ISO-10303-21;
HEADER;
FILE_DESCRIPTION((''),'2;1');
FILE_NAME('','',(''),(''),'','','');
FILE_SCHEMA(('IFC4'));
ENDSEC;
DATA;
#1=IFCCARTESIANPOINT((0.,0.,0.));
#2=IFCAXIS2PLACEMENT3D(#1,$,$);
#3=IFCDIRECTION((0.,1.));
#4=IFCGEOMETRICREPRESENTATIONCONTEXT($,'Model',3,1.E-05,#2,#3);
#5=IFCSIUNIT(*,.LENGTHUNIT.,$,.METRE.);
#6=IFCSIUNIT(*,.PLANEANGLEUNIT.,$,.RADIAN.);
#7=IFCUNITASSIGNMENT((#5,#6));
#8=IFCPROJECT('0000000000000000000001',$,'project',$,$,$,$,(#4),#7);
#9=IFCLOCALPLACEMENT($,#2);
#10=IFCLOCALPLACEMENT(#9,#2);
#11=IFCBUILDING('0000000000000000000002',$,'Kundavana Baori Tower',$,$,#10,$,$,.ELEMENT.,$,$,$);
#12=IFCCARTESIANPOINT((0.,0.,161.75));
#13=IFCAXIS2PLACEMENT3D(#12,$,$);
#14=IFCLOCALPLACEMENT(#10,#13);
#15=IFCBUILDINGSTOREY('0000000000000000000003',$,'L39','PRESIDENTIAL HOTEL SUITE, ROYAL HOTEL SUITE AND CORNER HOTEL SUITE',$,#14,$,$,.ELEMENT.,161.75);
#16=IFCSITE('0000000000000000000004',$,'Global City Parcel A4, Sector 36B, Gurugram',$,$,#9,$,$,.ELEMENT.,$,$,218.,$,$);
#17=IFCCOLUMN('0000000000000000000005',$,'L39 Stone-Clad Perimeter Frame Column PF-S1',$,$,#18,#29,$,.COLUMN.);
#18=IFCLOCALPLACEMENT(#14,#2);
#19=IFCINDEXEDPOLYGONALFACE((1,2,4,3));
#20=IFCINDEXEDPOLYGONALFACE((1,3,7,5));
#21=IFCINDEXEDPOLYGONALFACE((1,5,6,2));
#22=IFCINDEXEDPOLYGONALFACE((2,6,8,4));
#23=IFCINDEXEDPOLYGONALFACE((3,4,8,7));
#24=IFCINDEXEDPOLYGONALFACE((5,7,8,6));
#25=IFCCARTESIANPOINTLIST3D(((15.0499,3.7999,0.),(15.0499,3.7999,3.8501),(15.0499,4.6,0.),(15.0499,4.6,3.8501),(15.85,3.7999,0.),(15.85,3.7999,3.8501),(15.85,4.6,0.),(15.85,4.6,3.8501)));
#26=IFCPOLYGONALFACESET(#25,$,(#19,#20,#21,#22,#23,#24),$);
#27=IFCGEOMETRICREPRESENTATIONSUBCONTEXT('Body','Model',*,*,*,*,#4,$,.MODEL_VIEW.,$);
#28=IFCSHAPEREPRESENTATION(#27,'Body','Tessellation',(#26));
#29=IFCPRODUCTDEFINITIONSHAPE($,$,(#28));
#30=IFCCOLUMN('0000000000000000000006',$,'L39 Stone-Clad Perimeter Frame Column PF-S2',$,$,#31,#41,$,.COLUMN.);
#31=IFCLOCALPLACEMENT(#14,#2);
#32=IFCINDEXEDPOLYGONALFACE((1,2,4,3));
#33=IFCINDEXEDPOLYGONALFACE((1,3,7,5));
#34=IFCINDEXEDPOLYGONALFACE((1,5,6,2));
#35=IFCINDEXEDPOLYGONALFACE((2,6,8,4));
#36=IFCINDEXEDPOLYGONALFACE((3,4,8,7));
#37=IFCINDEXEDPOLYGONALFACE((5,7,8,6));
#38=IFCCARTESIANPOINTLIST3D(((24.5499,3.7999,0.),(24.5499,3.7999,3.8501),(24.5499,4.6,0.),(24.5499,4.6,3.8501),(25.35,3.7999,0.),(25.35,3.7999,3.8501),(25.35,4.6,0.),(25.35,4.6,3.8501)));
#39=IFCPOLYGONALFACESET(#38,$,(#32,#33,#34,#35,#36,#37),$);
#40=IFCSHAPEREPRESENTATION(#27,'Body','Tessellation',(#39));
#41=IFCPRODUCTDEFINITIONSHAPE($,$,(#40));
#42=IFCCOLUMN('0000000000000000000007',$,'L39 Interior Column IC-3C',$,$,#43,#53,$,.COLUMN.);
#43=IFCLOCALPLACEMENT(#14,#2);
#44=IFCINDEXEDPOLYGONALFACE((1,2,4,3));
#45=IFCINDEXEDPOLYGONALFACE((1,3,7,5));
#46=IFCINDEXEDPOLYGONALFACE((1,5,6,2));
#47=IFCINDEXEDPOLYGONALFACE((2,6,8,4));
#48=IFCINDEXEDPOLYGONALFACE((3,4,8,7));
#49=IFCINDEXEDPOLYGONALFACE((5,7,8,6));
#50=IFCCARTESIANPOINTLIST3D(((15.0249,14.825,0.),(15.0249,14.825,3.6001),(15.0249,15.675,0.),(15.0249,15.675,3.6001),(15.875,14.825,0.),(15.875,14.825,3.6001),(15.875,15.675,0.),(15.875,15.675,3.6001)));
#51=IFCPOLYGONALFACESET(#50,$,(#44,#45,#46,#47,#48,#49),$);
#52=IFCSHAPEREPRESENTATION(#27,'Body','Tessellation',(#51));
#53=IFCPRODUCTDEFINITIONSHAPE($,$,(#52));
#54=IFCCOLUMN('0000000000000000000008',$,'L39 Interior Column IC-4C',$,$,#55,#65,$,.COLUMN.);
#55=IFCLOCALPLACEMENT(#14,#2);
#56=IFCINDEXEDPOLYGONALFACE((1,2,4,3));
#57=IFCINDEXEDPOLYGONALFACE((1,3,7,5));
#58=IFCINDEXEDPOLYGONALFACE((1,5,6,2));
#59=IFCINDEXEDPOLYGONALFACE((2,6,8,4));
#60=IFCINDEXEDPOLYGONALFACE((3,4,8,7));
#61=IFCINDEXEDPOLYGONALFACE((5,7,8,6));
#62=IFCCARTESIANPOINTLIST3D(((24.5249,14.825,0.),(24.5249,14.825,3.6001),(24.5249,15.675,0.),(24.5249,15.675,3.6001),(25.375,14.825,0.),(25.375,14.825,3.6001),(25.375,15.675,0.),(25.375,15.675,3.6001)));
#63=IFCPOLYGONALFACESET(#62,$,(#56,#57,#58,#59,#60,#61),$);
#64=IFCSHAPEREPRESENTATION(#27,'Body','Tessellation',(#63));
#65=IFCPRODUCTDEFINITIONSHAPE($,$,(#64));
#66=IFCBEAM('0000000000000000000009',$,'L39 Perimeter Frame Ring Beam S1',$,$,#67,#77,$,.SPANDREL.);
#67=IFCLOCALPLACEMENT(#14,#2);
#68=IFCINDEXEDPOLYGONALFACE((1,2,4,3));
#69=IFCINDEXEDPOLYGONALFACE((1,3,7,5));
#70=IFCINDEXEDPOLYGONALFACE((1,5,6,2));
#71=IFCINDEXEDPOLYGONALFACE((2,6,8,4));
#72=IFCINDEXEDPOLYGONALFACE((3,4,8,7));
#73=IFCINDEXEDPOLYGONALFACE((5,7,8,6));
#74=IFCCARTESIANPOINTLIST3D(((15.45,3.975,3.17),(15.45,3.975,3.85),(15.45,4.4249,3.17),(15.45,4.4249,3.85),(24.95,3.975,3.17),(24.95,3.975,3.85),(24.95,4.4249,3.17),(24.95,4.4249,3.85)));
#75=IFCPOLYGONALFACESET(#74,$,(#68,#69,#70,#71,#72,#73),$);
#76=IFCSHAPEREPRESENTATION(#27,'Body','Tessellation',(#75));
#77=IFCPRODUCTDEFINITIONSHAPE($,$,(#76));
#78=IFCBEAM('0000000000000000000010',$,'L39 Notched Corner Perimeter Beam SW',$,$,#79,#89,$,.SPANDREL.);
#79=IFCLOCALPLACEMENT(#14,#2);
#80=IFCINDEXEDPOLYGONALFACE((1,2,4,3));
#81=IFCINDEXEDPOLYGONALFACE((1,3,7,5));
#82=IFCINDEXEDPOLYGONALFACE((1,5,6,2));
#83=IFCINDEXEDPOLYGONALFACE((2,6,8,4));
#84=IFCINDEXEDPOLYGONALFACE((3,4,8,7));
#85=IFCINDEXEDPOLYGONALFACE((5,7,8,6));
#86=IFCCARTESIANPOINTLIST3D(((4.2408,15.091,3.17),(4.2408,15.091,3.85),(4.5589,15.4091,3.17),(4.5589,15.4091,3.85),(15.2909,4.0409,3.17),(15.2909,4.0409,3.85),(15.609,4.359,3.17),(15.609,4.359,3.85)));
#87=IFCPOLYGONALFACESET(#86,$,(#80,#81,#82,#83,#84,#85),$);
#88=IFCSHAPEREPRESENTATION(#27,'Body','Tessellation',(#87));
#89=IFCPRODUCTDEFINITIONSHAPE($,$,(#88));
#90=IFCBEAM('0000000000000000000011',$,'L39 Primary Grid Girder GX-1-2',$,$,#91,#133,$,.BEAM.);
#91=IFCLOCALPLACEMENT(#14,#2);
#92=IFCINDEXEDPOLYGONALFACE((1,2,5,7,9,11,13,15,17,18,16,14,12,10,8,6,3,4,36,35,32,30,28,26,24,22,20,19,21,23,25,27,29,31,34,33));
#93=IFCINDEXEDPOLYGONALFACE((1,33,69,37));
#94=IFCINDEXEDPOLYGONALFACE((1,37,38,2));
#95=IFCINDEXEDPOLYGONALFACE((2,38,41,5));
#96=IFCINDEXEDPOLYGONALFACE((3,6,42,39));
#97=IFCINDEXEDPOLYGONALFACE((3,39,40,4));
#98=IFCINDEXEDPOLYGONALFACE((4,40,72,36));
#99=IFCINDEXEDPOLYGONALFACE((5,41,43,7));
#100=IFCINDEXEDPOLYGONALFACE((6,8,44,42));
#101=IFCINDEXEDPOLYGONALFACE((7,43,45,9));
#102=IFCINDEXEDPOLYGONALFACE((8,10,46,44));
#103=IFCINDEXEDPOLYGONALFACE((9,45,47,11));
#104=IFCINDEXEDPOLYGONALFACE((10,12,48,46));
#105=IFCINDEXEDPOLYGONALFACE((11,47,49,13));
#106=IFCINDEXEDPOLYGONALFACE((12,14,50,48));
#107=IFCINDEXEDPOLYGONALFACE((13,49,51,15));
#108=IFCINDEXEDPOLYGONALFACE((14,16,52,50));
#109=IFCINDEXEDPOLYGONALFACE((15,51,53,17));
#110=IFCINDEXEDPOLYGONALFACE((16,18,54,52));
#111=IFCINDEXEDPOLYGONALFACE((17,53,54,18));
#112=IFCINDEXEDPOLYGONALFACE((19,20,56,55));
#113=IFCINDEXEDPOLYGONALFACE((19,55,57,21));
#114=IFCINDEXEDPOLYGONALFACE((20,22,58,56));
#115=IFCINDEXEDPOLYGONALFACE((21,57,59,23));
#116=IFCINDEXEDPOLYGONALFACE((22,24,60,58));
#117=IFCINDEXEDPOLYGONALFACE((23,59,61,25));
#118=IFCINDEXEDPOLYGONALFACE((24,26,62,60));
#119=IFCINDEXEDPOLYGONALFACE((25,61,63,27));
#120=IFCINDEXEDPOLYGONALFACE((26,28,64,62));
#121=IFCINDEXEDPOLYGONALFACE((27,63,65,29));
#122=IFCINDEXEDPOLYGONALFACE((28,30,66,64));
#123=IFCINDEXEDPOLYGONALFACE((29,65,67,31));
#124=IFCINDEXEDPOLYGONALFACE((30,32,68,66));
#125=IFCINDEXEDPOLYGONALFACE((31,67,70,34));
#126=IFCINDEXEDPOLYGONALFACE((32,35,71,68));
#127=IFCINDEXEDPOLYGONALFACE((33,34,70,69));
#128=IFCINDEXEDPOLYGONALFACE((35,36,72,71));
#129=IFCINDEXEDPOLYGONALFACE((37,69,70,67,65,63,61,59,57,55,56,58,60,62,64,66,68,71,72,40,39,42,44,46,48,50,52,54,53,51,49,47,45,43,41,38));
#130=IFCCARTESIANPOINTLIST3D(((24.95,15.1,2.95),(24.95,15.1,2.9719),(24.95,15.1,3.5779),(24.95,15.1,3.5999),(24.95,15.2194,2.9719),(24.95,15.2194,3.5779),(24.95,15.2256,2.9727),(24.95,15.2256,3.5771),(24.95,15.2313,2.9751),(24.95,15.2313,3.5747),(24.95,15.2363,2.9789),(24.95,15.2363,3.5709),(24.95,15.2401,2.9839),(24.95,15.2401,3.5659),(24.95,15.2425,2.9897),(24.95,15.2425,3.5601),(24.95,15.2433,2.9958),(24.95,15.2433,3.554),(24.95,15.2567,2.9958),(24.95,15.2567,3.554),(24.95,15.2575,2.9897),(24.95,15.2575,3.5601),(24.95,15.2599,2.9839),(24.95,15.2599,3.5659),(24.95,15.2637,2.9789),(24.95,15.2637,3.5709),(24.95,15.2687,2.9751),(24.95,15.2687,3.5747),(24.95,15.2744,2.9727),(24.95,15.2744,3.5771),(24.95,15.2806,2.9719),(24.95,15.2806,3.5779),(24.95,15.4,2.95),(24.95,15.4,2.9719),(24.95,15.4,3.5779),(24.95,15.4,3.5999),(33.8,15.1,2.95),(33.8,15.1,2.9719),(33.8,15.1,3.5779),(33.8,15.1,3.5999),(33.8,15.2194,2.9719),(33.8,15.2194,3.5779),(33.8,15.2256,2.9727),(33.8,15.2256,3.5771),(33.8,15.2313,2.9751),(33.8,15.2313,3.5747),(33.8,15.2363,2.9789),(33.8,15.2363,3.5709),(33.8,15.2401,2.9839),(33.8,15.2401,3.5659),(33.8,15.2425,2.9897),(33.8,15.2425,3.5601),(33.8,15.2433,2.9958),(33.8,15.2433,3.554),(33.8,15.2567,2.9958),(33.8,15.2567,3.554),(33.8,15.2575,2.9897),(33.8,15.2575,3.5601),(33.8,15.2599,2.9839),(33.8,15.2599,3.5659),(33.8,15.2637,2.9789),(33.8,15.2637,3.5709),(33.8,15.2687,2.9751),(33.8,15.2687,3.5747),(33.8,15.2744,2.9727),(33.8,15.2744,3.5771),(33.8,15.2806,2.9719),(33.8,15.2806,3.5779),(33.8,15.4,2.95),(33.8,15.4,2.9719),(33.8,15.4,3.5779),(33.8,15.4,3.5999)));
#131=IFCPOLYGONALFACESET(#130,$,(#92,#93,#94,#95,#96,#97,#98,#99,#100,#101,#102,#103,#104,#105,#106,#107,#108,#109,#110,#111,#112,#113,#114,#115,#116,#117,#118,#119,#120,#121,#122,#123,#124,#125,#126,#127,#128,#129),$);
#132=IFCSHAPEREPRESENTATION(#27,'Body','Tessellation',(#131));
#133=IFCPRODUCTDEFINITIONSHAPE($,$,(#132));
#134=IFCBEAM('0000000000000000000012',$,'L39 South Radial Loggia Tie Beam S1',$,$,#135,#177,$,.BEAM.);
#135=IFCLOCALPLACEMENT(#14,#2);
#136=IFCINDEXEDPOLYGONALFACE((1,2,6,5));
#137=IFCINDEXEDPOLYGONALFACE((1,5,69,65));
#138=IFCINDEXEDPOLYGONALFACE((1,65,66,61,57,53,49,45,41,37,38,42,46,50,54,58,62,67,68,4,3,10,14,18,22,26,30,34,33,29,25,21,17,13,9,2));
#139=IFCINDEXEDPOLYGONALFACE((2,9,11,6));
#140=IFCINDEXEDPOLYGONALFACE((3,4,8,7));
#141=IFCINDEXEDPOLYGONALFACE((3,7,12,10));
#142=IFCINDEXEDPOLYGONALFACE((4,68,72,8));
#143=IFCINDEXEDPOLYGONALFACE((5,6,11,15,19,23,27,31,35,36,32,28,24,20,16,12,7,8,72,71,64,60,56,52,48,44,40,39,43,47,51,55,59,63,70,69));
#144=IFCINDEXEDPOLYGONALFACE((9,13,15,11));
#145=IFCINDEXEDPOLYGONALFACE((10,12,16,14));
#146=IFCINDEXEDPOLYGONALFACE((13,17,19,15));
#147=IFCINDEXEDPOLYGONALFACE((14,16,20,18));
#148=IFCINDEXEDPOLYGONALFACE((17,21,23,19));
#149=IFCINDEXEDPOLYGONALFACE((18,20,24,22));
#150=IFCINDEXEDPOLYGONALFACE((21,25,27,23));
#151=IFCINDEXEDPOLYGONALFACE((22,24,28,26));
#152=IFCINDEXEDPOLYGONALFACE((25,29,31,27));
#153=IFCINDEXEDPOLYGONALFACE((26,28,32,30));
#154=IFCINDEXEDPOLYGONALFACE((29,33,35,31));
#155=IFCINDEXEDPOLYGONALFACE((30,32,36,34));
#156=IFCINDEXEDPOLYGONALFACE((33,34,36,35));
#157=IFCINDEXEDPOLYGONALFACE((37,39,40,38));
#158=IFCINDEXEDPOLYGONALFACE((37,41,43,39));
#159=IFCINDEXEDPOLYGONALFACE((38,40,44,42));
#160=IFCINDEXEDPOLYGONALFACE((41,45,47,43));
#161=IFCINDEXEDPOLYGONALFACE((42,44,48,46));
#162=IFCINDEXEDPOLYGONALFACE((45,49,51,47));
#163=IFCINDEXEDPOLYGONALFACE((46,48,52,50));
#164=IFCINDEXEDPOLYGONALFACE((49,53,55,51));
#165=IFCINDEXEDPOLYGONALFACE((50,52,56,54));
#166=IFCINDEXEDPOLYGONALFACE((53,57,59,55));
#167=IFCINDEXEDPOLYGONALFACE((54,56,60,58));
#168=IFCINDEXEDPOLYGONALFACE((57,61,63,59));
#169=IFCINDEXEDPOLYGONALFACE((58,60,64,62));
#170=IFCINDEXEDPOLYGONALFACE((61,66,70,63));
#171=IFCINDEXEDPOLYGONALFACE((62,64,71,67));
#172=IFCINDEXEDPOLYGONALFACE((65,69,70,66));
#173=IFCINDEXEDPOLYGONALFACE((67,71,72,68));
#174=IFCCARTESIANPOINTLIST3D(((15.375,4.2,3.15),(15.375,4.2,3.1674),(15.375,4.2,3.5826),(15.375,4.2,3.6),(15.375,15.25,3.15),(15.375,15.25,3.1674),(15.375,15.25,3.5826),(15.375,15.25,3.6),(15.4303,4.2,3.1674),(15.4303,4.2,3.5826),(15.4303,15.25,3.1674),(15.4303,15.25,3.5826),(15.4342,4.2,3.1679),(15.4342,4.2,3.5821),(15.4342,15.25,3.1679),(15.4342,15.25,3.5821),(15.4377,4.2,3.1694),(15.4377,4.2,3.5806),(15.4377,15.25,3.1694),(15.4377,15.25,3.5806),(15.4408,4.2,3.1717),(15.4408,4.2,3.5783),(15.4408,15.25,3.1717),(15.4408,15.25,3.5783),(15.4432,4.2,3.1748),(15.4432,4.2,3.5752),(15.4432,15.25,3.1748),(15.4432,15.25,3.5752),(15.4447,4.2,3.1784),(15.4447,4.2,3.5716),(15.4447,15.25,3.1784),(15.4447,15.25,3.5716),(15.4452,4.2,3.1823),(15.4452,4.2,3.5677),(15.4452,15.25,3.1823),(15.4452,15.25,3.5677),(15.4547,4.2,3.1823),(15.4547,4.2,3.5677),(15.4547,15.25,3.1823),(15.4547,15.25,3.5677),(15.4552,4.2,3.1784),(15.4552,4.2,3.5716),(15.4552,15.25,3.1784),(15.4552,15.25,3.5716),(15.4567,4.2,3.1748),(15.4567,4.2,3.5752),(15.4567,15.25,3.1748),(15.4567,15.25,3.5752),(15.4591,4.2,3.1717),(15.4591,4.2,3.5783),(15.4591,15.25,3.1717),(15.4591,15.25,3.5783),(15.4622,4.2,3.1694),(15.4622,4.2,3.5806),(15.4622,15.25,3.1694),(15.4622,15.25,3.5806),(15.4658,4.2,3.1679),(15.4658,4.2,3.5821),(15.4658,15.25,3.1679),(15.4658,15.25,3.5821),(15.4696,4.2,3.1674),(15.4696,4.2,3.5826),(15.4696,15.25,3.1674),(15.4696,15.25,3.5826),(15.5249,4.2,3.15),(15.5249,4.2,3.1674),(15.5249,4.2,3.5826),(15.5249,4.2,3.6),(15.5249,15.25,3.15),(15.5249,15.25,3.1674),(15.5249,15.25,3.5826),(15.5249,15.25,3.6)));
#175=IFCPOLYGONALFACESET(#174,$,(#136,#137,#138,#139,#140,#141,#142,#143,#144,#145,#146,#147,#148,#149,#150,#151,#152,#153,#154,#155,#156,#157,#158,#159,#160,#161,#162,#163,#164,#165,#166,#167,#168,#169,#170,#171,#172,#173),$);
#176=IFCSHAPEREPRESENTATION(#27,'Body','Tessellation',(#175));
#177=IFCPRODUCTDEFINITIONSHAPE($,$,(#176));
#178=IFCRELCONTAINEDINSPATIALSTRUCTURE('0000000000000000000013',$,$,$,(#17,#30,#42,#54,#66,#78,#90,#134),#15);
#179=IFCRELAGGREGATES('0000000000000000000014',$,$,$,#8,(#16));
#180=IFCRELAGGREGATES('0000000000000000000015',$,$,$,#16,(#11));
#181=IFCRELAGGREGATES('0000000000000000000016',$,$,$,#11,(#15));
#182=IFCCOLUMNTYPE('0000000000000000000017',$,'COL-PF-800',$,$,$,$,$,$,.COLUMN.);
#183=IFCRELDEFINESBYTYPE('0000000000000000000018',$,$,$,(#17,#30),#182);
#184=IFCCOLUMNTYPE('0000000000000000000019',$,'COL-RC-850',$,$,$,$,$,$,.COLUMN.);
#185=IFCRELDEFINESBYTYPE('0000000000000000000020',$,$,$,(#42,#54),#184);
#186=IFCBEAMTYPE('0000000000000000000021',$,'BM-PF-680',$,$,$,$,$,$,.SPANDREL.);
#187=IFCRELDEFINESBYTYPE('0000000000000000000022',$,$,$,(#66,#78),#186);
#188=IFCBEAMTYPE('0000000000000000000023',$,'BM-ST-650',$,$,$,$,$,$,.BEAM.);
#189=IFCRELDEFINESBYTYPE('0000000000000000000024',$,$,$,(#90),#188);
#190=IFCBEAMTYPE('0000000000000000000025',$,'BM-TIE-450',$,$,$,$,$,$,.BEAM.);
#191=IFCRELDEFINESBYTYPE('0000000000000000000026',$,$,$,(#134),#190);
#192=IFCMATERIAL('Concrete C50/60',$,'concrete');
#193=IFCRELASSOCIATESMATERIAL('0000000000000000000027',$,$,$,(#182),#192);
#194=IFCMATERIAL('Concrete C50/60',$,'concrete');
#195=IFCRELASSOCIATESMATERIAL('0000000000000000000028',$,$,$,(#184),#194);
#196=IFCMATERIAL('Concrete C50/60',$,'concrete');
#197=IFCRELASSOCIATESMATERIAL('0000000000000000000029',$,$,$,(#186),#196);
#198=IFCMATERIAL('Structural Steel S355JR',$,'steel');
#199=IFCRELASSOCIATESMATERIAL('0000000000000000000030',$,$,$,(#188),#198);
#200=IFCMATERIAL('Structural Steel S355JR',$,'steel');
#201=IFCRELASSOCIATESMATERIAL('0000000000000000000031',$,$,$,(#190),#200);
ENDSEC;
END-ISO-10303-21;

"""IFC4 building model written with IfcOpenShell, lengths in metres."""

from ifc_helpers import new_model, si_unit, direction, frame, origin, origin_2d, place, context, subcontext, project, spatial, rectangle, i_section, extrude, material, material_profile, profile_set, type_object, element, save


model = new_model("IFC4")

# Units and contexts
model_context = context("Model", 3, precision=1e-05, world=origin(), true_north=direction((0.0, 1.0)))
body_context = subcontext(model_context, "Body", "Model", "MODEL_VIEW")
ifc_project = project(units=[si_unit("LENGTHUNIT", "METRE"), si_unit("PLANEANGLEUNIT", "RADIAN")], contexts=[model_context])

# Site, building, storey
site_placement = place(None, origin())
site = spatial("IfcSite", under=ifc_project, at=site_placement, Name="Global City Parcel A4, Sector 36B, Gurugram", CompositionType="ELEMENT", RefElevation=218.0)
building_placement = place(site_placement, origin())
building = spatial("IfcBuilding", under=site, at=building_placement, Name="Kundavana Baori Tower", CompositionType="ELEMENT")
storey_placement = place(building_placement, frame((0.0, 0.0, 161.75)))
storey = spatial("IfcBuildingStorey", under=building, at=storey_placement, Name="L39", Description="PRESIDENTIAL HOTEL SUITE, ROYAL HOTEL SUITE AND CORNER HOTEL SUITE", CompositionType="ELEMENT", Elevation=161.75)

# Columns
ifc_material_1 = material(Name="Concrete C50/60", Category="concrete")
ifc_material_profile_1 = material_profile(ifc_material_1, rectangle(XDim=0.8, YDim=0.8, at=origin_2d()), Name="RC PF 800x800")
ifc_profile_set_1 = profile_set([ifc_material_profile_1], Name="Concrete C50/60")
column_type_1 = type_object("IfcColumnType", Name="COL-PF-800", PredefinedType="COLUMN", material=ifc_profile_set_1)
for number, where, z_axis, x_axis, name in (
    (1, (15.45, 4.2, 0.0), (0.0, 0.0, 1.0), (1.0, 0.0, 0.0), "L39 Stone-Clad Perimeter Frame Column PF-S1"),
    (2, (24.95, 4.2, 0.0), (0.0, 0.0, 1.0), (1.0, 0.0, 0.0), "L39 Stone-Clad Perimeter Frame Column PF-S2"),
):
    element("IfcColumn", number, at=place(storey_placement, frame(where, z_axis=z_axis, x_axis=x_axis)), inside=storey, type_object=column_type_1, Name=name, PredefinedType="COLUMN", context=body_context, shape_type="SweptSolid", body=[
        extrude(rectangle(XDim=0.8, YDim=0.8, at=origin_2d()), origin(), (0.0, 0.0, 1.0), 3.8501),
    ])
ifc_material_2 = material(Name="Concrete C50/60", Category="concrete")
ifc_material_profile_2 = material_profile(ifc_material_2, rectangle(XDim=0.8501, YDim=0.8501, at=origin_2d()), Name="RC 850x850")
ifc_profile_set_2 = profile_set([ifc_material_profile_2], Name="Concrete C50/60")
column_type_2 = type_object("IfcColumnType", Name="COL-RC-850", PredefinedType="COLUMN", material=ifc_profile_set_2)
for number, where, z_axis, x_axis, name in (
    (3, (15.45, 15.25, 0.0), (0.0, 0.0, 1.0), (1.0, 0.0, 0.0), "L39 Interior Column IC-3C"),
    (4, (24.95, 15.25, 0.0), (0.0, 0.0, 1.0), (1.0, 0.0, 0.0), "L39 Interior Column IC-4C"),
):
    element("IfcColumn", number, at=place(storey_placement, frame(where, z_axis=z_axis, x_axis=x_axis)), inside=storey, type_object=column_type_2, Name=name, PredefinedType="COLUMN", context=body_context, shape_type="SweptSolid", body=[
        extrude(rectangle(XDim=0.8501, YDim=0.8501, at=origin_2d()), origin(), (0.0, 0.0, 1.0), 3.6001),
    ])

# Beams
ifc_material_3 = material(Name="Concrete C50/60", Category="concrete")
ifc_material_profile_3 = material_profile(ifc_material_3, rectangle(XDim=0.45, YDim=0.6799, at=origin_2d()), Name="RC BM 450x680")
ifc_profile_set_3 = profile_set([ifc_material_profile_3], Name="Concrete C50/60")
beam_type_1 = type_object("IfcBeamType", Name="BM-PF-680", PredefinedType="SPANDREL", material=ifc_profile_set_3)
beam_1_placement = place(storey_placement, frame((15.45, 4.2, 3.51), z_axis=(1.0, 0.0, 0.0), x_axis=(0.0, 1.0, 0.0)))
element("IfcBeam", 5, at=beam_1_placement, inside=storey, type_object=beam_type_1, Name="L39 Perimeter Frame Ring Beam S1", PredefinedType="SPANDREL", context=body_context, shape_type="SweptSolid", body=[
    extrude(rectangle(XDim=0.45, YDim=0.6799, at=origin_2d()), origin(), (0.0, 0.0, 1.0), 9.5),
])
beam_2_placement = place(storey_placement, frame((15.45, 4.2, 3.51), z_axis=(-0.707107, 0.707107, 0.0), x_axis=(-0.707107, -0.707107, 0.0)))
element("IfcBeam", 6, at=beam_2_placement, inside=storey, type_object=beam_type_1, Name="L39 Notched Corner Perimeter Beam SW", PredefinedType="SPANDREL", context=body_context, shape_type="SweptSolid", body=[
    extrude(rectangle(XDim=0.45, YDim=0.6799, at=origin_2d()), origin(), (0.0, 0.0, 1.0), 15.6272),
])
ifc_material_4 = material(Name="Structural Steel S355JR", Category="steel")
ifc_material_profile_4 = material_profile(ifc_material_4, i_section(OverallWidth=0.3, OverallDepth=0.6499, WebThickness=0.0134, FlangeThickness=0.022, FilletRadius=0.0239, at=origin_2d()), Name="NPB 650x300x155")
ifc_profile_set_4 = profile_set([ifc_material_profile_4], Name="Structural Steel S355JR")
beam_type_2 = type_object("IfcBeamType", Name="BM-ST-650", PredefinedType="BEAM", material=ifc_profile_set_4)
beam_3_placement = place(storey_placement, frame((24.95, 15.25, 3.2749), z_axis=(1.0, 0.0, 0.0), x_axis=(0.0, 1.0, 0.0)))
element("IfcBeam", 7, at=beam_3_placement, inside=storey, type_object=beam_type_2, Name="L39 Primary Grid Girder GX-1-2", PredefinedType="BEAM", context=body_context, shape_type="SweptSolid", body=[
    extrude(i_section(OverallWidth=0.3, OverallDepth=0.6499, WebThickness=0.0134, FlangeThickness=0.022, FilletRadius=0.0239, at=origin_2d()), origin(), (0.0, 0.0, 1.0), 8.8501),
])
ifc_material_5 = material(Name="Structural Steel S355JR", Category="steel")
ifc_material_profile_5 = material_profile(ifc_material_5, i_section(OverallWidth=0.1499, OverallDepth=0.45, WebThickness=0.0095, FlangeThickness=0.0173, FilletRadius=0.0149, at=origin_2d()), Name="ISMB 450")
ifc_profile_set_5 = profile_set([ifc_material_profile_5], Name="Structural Steel S355JR")
beam_type_3 = type_object("IfcBeamType", Name="BM-TIE-450", PredefinedType="BEAM", material=ifc_profile_set_5)
for number, where, z_axis, x_axis, name in (
    (8, (15.45, 15.25, 3.375), (0.0, -1.0, 0.0), (1.0, 0.0, 0.0), "L39 South Radial Loggia Tie Beam S1"),
):
    element("IfcBeam", number, at=place(storey_placement, frame(where, z_axis=z_axis, x_axis=x_axis)), inside=storey, type_object=beam_type_3, Name=name, PredefinedType="BEAM", context=body_context, shape_type="SweptSolid", body=[
        extrude(i_section(OverallWidth=0.1499, OverallDepth=0.45, WebThickness=0.0095, FlangeThickness=0.0173, FilletRadius=0.0149, at=origin_2d()), origin(), (0.0, 0.0, 1.0), 11.05),
    ])

save(model, "model.ifc")
